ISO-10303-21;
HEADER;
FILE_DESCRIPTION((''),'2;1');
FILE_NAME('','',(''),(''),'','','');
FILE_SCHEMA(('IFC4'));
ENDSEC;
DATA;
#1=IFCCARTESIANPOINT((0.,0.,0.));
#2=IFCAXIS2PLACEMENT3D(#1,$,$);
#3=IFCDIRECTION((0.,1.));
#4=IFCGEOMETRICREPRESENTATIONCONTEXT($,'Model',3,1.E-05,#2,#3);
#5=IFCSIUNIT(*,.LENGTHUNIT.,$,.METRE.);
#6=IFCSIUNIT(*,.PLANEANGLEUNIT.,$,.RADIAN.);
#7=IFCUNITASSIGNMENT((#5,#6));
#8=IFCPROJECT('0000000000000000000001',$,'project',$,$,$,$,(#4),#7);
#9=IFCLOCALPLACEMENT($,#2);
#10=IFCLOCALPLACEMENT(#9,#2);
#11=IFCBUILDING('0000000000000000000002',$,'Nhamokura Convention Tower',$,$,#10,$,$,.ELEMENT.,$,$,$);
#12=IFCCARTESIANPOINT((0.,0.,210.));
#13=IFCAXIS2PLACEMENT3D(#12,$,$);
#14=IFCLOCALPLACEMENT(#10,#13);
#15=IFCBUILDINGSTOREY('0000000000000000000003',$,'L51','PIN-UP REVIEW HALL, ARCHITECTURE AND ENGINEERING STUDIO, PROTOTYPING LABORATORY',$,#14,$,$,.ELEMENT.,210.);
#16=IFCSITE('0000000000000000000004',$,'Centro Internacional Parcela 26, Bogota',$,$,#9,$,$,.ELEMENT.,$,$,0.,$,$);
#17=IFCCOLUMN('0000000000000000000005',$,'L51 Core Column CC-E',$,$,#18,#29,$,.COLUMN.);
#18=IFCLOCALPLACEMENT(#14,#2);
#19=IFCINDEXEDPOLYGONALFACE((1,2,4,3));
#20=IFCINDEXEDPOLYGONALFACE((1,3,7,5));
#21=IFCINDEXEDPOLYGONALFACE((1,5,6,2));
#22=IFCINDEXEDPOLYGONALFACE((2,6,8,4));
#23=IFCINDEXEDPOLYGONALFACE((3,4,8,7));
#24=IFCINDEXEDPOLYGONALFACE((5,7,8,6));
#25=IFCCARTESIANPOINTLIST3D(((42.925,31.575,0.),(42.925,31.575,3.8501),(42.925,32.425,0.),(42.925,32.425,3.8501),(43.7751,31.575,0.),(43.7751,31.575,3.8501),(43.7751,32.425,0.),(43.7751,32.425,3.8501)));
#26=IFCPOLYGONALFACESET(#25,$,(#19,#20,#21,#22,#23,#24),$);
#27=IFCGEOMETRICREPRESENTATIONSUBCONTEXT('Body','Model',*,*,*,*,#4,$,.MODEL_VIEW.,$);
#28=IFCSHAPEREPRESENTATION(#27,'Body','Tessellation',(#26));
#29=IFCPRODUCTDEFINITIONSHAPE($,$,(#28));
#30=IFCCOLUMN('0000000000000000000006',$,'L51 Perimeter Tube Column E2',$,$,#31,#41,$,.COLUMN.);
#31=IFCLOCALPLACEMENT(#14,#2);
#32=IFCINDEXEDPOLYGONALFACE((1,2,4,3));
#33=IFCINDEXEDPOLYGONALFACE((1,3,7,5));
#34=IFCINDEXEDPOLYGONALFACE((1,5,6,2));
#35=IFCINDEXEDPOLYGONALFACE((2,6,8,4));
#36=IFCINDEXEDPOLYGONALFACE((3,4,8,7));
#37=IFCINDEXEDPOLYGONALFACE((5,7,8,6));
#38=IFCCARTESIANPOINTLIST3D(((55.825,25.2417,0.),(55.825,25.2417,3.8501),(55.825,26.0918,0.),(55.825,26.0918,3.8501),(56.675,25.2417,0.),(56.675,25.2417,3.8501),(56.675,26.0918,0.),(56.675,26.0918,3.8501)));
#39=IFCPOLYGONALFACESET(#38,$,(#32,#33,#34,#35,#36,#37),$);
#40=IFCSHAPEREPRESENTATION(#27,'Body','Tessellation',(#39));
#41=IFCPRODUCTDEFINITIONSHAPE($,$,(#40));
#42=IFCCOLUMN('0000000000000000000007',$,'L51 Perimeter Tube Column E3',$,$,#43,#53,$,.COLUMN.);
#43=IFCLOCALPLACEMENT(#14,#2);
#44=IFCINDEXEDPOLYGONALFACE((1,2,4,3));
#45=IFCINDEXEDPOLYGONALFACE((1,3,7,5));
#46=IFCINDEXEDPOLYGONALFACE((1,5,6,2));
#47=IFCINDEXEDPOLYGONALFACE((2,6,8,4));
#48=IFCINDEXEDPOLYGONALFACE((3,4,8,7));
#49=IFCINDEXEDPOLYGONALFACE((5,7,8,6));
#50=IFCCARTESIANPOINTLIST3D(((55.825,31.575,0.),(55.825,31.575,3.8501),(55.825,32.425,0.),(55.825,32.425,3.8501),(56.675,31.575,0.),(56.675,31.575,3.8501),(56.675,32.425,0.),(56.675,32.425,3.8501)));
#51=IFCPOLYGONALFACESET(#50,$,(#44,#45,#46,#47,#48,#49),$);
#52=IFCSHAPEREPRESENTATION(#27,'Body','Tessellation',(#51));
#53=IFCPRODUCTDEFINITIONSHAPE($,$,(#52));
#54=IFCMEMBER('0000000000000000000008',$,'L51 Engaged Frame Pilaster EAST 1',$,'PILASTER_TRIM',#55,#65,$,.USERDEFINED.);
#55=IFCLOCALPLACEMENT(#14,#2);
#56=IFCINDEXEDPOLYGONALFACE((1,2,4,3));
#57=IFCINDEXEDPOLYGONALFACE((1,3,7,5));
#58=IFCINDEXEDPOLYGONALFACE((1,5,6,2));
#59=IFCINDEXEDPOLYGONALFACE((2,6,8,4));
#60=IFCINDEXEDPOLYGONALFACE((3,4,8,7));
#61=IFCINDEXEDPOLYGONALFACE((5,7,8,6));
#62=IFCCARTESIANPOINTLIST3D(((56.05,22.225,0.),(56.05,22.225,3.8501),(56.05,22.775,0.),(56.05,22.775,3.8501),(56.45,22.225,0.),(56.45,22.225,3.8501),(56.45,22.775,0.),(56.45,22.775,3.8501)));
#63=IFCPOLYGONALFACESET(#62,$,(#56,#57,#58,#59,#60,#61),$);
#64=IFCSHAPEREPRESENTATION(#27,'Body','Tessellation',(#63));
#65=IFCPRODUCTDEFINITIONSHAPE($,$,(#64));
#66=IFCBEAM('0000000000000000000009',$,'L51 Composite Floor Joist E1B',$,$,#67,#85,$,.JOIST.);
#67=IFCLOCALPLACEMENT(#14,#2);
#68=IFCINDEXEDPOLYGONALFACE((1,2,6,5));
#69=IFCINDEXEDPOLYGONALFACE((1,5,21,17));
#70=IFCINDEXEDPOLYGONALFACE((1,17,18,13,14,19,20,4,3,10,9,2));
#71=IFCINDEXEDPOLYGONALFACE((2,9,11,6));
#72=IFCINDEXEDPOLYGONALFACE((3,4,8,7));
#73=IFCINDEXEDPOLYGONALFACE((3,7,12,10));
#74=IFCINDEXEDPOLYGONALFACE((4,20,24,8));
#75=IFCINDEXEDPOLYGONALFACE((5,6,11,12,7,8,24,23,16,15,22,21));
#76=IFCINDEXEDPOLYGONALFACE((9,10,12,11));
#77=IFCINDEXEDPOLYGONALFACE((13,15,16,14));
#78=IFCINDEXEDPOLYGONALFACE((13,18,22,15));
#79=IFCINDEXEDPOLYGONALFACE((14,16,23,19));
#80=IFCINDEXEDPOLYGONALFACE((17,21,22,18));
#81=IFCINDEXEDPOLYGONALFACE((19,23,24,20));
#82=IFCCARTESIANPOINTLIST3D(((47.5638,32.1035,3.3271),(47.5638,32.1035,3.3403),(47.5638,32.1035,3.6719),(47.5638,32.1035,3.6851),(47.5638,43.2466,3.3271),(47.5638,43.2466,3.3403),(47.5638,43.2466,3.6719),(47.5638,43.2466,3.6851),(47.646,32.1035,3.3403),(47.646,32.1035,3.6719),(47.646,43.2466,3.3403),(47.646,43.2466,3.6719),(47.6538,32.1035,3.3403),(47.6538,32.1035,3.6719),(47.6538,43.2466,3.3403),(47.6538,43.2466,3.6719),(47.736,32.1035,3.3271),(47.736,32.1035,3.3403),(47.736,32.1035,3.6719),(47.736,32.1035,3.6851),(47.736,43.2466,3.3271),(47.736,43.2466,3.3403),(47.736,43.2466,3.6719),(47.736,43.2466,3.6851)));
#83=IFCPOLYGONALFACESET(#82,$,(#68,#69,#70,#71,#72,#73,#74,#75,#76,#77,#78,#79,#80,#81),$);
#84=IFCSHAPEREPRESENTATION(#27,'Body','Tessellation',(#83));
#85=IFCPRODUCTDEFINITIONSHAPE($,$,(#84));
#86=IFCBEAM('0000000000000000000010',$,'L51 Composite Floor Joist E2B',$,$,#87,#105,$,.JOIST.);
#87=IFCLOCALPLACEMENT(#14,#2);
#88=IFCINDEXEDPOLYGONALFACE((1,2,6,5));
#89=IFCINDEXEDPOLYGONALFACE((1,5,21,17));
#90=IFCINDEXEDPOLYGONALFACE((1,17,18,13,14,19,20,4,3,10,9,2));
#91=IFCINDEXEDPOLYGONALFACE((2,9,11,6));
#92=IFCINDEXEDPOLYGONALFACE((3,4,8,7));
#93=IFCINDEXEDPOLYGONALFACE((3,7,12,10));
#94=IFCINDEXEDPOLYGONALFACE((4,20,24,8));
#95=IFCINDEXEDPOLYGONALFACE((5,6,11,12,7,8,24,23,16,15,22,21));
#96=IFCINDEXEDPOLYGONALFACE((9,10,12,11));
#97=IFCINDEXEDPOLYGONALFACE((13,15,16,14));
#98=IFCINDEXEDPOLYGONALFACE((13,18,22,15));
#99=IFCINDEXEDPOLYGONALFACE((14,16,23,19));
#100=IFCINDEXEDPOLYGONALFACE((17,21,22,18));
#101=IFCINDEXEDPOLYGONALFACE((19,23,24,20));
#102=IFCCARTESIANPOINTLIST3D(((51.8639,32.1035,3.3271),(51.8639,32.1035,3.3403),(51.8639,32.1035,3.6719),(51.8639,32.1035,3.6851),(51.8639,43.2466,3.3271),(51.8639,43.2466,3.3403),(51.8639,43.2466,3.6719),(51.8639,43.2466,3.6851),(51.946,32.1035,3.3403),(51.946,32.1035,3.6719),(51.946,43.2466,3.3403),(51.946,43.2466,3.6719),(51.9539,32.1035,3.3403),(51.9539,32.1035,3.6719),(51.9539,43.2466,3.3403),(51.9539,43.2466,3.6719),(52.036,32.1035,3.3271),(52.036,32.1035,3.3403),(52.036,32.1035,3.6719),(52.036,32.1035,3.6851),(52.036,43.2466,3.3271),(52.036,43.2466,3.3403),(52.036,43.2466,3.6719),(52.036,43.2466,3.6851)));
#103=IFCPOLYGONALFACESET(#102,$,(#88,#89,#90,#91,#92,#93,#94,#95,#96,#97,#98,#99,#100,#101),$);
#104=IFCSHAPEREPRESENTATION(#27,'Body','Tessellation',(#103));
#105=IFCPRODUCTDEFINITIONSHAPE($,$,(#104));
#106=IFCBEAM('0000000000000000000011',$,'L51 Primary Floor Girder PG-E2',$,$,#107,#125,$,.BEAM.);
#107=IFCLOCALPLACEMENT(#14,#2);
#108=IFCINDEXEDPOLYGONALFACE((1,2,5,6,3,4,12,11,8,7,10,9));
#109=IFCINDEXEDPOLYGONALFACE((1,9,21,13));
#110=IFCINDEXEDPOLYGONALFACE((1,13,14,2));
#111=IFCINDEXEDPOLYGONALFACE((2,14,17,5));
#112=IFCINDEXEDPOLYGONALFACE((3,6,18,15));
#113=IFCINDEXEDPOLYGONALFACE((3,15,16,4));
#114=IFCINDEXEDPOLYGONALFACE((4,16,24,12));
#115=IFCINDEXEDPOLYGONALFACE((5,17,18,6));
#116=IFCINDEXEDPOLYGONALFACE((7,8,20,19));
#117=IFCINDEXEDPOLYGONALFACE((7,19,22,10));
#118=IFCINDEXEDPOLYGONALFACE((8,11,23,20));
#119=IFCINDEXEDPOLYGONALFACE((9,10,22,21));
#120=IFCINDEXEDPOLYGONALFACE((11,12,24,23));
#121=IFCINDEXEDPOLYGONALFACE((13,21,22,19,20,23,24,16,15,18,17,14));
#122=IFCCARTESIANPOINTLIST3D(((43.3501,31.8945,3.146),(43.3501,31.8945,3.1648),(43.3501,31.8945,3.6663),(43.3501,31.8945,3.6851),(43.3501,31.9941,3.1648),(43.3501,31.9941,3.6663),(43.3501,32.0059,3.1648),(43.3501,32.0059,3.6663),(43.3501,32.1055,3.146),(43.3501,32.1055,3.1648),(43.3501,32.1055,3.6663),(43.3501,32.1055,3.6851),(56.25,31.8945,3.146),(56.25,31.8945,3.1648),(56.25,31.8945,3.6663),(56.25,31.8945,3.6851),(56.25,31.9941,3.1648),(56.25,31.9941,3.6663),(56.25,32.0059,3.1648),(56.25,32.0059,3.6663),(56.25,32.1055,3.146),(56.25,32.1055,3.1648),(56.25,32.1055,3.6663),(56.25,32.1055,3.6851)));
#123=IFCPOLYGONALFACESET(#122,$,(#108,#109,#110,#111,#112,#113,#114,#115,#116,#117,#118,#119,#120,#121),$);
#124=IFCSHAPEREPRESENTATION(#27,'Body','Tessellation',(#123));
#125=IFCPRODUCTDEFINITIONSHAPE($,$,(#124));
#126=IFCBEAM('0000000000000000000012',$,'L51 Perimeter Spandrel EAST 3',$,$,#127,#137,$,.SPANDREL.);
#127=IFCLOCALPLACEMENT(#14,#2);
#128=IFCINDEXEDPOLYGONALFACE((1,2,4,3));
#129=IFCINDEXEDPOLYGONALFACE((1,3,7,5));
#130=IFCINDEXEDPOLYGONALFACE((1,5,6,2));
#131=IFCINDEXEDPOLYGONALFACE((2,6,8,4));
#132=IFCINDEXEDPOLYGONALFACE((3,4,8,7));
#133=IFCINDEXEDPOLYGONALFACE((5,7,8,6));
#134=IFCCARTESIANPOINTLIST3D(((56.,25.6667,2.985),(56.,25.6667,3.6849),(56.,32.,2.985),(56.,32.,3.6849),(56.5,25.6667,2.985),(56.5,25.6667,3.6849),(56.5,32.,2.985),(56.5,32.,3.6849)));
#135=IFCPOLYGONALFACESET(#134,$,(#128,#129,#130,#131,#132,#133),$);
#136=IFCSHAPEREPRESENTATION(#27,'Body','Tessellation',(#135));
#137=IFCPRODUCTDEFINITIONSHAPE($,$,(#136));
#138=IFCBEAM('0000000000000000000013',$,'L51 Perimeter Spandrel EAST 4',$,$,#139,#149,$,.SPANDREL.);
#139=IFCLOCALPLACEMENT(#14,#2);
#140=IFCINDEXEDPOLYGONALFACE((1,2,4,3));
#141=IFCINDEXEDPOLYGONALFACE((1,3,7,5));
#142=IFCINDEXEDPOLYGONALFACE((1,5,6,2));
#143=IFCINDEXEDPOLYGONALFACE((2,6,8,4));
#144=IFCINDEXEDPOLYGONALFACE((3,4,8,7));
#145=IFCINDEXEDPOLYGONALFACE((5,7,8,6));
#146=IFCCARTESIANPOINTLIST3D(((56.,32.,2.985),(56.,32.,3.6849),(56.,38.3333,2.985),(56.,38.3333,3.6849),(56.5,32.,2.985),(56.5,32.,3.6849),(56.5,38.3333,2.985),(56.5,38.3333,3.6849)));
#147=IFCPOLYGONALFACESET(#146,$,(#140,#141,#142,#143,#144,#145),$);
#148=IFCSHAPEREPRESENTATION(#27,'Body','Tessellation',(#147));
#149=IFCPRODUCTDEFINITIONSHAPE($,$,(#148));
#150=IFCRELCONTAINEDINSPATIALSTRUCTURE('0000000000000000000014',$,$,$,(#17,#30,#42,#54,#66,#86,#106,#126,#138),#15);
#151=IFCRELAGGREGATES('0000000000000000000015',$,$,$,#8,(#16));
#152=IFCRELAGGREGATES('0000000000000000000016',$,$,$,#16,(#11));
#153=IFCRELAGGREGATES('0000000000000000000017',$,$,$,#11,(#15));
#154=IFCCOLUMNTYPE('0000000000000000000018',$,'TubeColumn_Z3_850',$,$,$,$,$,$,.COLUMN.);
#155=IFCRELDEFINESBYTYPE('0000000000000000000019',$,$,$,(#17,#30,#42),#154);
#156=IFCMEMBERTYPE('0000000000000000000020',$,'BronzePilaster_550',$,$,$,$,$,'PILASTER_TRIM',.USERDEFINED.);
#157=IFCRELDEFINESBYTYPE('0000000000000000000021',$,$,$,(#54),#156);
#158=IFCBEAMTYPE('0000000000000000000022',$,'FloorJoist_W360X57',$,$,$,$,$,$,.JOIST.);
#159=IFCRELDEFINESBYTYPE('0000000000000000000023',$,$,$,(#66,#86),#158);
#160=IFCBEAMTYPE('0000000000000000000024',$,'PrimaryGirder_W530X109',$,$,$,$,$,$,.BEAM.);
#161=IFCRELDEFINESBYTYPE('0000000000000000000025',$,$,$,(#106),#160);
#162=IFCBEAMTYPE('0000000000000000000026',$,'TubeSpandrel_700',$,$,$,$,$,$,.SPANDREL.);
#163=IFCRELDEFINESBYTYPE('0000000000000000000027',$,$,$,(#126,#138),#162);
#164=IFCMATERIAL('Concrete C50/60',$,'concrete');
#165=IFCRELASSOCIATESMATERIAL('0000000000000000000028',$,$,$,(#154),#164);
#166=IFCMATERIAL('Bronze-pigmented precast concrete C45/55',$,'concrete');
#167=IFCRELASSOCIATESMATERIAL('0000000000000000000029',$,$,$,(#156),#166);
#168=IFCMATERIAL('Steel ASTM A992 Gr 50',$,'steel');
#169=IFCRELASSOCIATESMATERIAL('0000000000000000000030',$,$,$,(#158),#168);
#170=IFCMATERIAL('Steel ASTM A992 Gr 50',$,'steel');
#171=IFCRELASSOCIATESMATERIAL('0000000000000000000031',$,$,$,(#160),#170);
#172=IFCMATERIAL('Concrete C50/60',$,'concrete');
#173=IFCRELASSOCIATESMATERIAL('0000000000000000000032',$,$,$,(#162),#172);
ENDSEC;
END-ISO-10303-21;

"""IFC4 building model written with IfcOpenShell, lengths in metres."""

from ifc_helpers import new_model, si_unit, direction, frame, origin, origin_2d, place, context, subcontext, project, spatial, rectangle, i_section, extrude, material, material_profile, profile_set, type_object, element, save


model = new_model("IFC4")

# Units and contexts
model_context = context("Model", 3, precision=1e-05, world=origin(), true_north=direction((0.0, 1.0)))
body_context = subcontext(model_context, "Body", "Model", "MODEL_VIEW")
ifc_project = project(units=[si_unit("LENGTHUNIT", "METRE"), si_unit("PLANEANGLEUNIT", "RADIAN")], contexts=[model_context])

# Site, building, storey
site_placement = place(None, origin())
site = spatial("IfcSite", under=ifc_project, at=site_placement, Name="Centro Internacional Parcela 26, Bogota", CompositionType="ELEMENT", RefElevation=0.0)
building_placement = place(site_placement, origin())
building = spatial("IfcBuilding", under=site, at=building_placement, Name="Nhamokura Convention Tower", CompositionType="ELEMENT")
storey_placement = place(building_placement, frame((0.0, 0.0, 210.0)))
storey = spatial("IfcBuildingStorey", under=building, at=storey_placement, Name="L51", Description="PIN-UP REVIEW HALL, ARCHITECTURE AND ENGINEERING STUDIO, PROTOTYPING LABORATORY", CompositionType="ELEMENT", Elevation=210.0)

# Columns
ifc_material_1 = material(Name="Concrete C50/60", Category="concrete")
ifc_material_profile_1 = material_profile(ifc_material_1, rectangle(XDim=0.8501, YDim=0.8501, at=origin_2d()))
ifc_profile_set_1 = profile_set([ifc_material_profile_1], Name="Concrete C50/60")
column_type = type_object("IfcColumnType", Name="TubeColumn_Z3_850", PredefinedType="COLUMN", material=ifc_profile_set_1)
for number, where, z_axis, x_axis, name in (
    (1, (43.3501, 32.0, 0.0), (0.0, 0.0, 1.0), (1.0, 0.0, 0.0), "L51 Core Column CC-E"),
    (2, (56.25, 25.6667, 0.0), (0.0, 0.0, 1.0), (1.0, 0.0, 0.0), "L51 Perimeter Tube Column E2"),
    (3, (56.25, 32.0, 0.0), (0.0, 0.0, 1.0), (1.0, 0.0, 0.0), "L51 Perimeter Tube Column E3"),
):
    element("IfcColumn", number, at=place(storey_placement, frame(where, z_axis=z_axis, x_axis=x_axis)), inside=storey, type_object=column_type, Name=name, PredefinedType="COLUMN", context=body_context, shape_type="SweptSolid", body=[
        extrude(rectangle(XDim=0.8501, YDim=0.8501, at=origin_2d()), origin(), (0.0, 0.0, 1.0), 3.8501),
    ])

# Member
ifc_material_2 = material(Name="Bronze-pigmented precast concrete C45/55", Category="concrete")
ifc_material_profile_2 = material_profile(ifc_material_2, rectangle(XDim=0.3999, YDim=0.55, at=origin_2d()))
ifc_profile_set_2 = profile_set([ifc_material_profile_2], Name="Bronze-pigmented precast concrete C45/55")
member_type = type_object("IfcMemberType", Name="BronzePilaster_550", ElementType="PILASTER_TRIM", PredefinedType="USERDEFINED", material=ifc_profile_set_2)
member_placement = place(storey_placement, frame((56.25, 22.5, 0.0), z_axis=(0.0, 0.0, 1.0), x_axis=(1.0, 0.0, 0.0)))
element("IfcMember", 4, at=member_placement, inside=storey, type_object=member_type, Name="L51 Engaged Frame Pilaster EAST 1", ObjectType="PILASTER_TRIM", PredefinedType="USERDEFINED", context=body_context, shape_type="SweptSolid", body=[
    extrude(rectangle(XDim=0.3999, YDim=0.55, at=origin_2d()), origin(), (0.0, 0.0, 1.0), 3.8501),
])

# Beams
ifc_material_3 = material(Name="Steel ASTM A992 Gr 50", Category="steel")
ifc_material_profile_3 = material_profile(ifc_material_3, i_section(OverallWidth=0.1721, OverallDepth=0.3579, WebThickness=0.0078, FlangeThickness=0.0132, at=origin_2d()))
ifc_profile_set_3 = profile_set([ifc_material_profile_3], Name="Steel ASTM A992 Gr 50")
beam_type_1 = type_object("IfcBeamType", Name="FloorJoist_W360X57", PredefinedType="JOIST", material=ifc_profile_set_3)
for number, where, z_axis, x_axis, name in (
    (5, (47.6499, 32.1035, 3.5061), (0.0, 1.0, 0.0), (-1.0, 0.0, 0.0), "L51 Composite Floor Joist E1B"),
    (6, (51.95, 32.1035, 3.5061), (0.0, 1.0, 0.0), (-1.0, 0.0, 0.0), "L51 Composite Floor Joist E2B"),
):
    element("IfcBeam", number, at=place(storey_placement, frame(where, z_axis=z_axis, x_axis=x_axis)), inside=storey, type_object=beam_type_1, Name=name, PredefinedType="JOIST", context=body_context, shape_type="SweptSolid", body=[
        extrude(i_section(OverallWidth=0.1721, OverallDepth=0.3579, WebThickness=0.0078, FlangeThickness=0.0132, at=origin_2d()), origin(), (0.0, 0.0, 1.0), 11.1431),
    ])
ifc_material_4 = material(Name="Steel ASTM A992 Gr 50", Category="steel")
ifc_material_profile_4 = material_profile(ifc_material_4, i_section(OverallWidth=0.2109, OverallDepth=0.5391, WebThickness=0.0117, FlangeThickness=0.0188, at=origin_2d()))
ifc_profile_set_4 = profile_set([ifc_material_profile_4], Name="Steel ASTM A992 Gr 50")
beam_type_2 = type_object("IfcBeamType", Name="PrimaryGirder_W530X109", PredefinedType="BEAM", material=ifc_profile_set_4)
beam_placement = place(storey_placement, frame((43.3501, 32.0, 3.4155), z_axis=(1.0, 0.0, 0.0), x_axis=(0.0, 1.0, 0.0)))
element("IfcBeam", 7, at=beam_placement, inside=storey, type_object=beam_type_2, Name="L51 Primary Floor Girder PG-E2", PredefinedType="BEAM", context=body_context, shape_type="SweptSolid", body=[
    extrude(i_section(OverallWidth=0.2109, OverallDepth=0.5391, WebThickness=0.0117, FlangeThickness=0.0188, at=origin_2d()), origin(), (0.0, 0.0, 1.0), 12.8999),
])
ifc_material_5 = material(Name="Concrete C50/60", Category="concrete")
ifc_material_profile_5 = material_profile(ifc_material_5, rectangle(XDim=0.5, YDim=0.7, at=origin_2d()))
ifc_profile_set_5 = profile_set([ifc_material_profile_5], Name="Concrete C50/60")
beam_type_3 = type_object("IfcBeamType", Name="TubeSpandrel_700", PredefinedType="SPANDREL", material=ifc_profile_set_5)
for number, where, z_axis, x_axis, name in (
    (8, (56.25, 25.6667, 3.335), (0.0, 1.0, 0.0), (-1.0, 0.0, 0.0), "L51 Perimeter Spandrel EAST 3"),
    (9, (56.25, 32.0, 3.335), (0.0, 1.0, 0.0), (-1.0, 0.0, 0.0), "L51 Perimeter Spandrel EAST 4"),
):
    element("IfcBeam", number, at=place(storey_placement, frame(where, z_axis=z_axis, x_axis=x_axis)), inside=storey, type_object=beam_type_3, Name=name, PredefinedType="SPANDREL", context=body_context, shape_type="SweptSolid", body=[
        extrude(rectangle(XDim=0.5, YDim=0.7, at=origin_2d()), origin(), (0.0, 0.0, 1.0), 6.3333),
    ])

save(model, "model.ifc")
